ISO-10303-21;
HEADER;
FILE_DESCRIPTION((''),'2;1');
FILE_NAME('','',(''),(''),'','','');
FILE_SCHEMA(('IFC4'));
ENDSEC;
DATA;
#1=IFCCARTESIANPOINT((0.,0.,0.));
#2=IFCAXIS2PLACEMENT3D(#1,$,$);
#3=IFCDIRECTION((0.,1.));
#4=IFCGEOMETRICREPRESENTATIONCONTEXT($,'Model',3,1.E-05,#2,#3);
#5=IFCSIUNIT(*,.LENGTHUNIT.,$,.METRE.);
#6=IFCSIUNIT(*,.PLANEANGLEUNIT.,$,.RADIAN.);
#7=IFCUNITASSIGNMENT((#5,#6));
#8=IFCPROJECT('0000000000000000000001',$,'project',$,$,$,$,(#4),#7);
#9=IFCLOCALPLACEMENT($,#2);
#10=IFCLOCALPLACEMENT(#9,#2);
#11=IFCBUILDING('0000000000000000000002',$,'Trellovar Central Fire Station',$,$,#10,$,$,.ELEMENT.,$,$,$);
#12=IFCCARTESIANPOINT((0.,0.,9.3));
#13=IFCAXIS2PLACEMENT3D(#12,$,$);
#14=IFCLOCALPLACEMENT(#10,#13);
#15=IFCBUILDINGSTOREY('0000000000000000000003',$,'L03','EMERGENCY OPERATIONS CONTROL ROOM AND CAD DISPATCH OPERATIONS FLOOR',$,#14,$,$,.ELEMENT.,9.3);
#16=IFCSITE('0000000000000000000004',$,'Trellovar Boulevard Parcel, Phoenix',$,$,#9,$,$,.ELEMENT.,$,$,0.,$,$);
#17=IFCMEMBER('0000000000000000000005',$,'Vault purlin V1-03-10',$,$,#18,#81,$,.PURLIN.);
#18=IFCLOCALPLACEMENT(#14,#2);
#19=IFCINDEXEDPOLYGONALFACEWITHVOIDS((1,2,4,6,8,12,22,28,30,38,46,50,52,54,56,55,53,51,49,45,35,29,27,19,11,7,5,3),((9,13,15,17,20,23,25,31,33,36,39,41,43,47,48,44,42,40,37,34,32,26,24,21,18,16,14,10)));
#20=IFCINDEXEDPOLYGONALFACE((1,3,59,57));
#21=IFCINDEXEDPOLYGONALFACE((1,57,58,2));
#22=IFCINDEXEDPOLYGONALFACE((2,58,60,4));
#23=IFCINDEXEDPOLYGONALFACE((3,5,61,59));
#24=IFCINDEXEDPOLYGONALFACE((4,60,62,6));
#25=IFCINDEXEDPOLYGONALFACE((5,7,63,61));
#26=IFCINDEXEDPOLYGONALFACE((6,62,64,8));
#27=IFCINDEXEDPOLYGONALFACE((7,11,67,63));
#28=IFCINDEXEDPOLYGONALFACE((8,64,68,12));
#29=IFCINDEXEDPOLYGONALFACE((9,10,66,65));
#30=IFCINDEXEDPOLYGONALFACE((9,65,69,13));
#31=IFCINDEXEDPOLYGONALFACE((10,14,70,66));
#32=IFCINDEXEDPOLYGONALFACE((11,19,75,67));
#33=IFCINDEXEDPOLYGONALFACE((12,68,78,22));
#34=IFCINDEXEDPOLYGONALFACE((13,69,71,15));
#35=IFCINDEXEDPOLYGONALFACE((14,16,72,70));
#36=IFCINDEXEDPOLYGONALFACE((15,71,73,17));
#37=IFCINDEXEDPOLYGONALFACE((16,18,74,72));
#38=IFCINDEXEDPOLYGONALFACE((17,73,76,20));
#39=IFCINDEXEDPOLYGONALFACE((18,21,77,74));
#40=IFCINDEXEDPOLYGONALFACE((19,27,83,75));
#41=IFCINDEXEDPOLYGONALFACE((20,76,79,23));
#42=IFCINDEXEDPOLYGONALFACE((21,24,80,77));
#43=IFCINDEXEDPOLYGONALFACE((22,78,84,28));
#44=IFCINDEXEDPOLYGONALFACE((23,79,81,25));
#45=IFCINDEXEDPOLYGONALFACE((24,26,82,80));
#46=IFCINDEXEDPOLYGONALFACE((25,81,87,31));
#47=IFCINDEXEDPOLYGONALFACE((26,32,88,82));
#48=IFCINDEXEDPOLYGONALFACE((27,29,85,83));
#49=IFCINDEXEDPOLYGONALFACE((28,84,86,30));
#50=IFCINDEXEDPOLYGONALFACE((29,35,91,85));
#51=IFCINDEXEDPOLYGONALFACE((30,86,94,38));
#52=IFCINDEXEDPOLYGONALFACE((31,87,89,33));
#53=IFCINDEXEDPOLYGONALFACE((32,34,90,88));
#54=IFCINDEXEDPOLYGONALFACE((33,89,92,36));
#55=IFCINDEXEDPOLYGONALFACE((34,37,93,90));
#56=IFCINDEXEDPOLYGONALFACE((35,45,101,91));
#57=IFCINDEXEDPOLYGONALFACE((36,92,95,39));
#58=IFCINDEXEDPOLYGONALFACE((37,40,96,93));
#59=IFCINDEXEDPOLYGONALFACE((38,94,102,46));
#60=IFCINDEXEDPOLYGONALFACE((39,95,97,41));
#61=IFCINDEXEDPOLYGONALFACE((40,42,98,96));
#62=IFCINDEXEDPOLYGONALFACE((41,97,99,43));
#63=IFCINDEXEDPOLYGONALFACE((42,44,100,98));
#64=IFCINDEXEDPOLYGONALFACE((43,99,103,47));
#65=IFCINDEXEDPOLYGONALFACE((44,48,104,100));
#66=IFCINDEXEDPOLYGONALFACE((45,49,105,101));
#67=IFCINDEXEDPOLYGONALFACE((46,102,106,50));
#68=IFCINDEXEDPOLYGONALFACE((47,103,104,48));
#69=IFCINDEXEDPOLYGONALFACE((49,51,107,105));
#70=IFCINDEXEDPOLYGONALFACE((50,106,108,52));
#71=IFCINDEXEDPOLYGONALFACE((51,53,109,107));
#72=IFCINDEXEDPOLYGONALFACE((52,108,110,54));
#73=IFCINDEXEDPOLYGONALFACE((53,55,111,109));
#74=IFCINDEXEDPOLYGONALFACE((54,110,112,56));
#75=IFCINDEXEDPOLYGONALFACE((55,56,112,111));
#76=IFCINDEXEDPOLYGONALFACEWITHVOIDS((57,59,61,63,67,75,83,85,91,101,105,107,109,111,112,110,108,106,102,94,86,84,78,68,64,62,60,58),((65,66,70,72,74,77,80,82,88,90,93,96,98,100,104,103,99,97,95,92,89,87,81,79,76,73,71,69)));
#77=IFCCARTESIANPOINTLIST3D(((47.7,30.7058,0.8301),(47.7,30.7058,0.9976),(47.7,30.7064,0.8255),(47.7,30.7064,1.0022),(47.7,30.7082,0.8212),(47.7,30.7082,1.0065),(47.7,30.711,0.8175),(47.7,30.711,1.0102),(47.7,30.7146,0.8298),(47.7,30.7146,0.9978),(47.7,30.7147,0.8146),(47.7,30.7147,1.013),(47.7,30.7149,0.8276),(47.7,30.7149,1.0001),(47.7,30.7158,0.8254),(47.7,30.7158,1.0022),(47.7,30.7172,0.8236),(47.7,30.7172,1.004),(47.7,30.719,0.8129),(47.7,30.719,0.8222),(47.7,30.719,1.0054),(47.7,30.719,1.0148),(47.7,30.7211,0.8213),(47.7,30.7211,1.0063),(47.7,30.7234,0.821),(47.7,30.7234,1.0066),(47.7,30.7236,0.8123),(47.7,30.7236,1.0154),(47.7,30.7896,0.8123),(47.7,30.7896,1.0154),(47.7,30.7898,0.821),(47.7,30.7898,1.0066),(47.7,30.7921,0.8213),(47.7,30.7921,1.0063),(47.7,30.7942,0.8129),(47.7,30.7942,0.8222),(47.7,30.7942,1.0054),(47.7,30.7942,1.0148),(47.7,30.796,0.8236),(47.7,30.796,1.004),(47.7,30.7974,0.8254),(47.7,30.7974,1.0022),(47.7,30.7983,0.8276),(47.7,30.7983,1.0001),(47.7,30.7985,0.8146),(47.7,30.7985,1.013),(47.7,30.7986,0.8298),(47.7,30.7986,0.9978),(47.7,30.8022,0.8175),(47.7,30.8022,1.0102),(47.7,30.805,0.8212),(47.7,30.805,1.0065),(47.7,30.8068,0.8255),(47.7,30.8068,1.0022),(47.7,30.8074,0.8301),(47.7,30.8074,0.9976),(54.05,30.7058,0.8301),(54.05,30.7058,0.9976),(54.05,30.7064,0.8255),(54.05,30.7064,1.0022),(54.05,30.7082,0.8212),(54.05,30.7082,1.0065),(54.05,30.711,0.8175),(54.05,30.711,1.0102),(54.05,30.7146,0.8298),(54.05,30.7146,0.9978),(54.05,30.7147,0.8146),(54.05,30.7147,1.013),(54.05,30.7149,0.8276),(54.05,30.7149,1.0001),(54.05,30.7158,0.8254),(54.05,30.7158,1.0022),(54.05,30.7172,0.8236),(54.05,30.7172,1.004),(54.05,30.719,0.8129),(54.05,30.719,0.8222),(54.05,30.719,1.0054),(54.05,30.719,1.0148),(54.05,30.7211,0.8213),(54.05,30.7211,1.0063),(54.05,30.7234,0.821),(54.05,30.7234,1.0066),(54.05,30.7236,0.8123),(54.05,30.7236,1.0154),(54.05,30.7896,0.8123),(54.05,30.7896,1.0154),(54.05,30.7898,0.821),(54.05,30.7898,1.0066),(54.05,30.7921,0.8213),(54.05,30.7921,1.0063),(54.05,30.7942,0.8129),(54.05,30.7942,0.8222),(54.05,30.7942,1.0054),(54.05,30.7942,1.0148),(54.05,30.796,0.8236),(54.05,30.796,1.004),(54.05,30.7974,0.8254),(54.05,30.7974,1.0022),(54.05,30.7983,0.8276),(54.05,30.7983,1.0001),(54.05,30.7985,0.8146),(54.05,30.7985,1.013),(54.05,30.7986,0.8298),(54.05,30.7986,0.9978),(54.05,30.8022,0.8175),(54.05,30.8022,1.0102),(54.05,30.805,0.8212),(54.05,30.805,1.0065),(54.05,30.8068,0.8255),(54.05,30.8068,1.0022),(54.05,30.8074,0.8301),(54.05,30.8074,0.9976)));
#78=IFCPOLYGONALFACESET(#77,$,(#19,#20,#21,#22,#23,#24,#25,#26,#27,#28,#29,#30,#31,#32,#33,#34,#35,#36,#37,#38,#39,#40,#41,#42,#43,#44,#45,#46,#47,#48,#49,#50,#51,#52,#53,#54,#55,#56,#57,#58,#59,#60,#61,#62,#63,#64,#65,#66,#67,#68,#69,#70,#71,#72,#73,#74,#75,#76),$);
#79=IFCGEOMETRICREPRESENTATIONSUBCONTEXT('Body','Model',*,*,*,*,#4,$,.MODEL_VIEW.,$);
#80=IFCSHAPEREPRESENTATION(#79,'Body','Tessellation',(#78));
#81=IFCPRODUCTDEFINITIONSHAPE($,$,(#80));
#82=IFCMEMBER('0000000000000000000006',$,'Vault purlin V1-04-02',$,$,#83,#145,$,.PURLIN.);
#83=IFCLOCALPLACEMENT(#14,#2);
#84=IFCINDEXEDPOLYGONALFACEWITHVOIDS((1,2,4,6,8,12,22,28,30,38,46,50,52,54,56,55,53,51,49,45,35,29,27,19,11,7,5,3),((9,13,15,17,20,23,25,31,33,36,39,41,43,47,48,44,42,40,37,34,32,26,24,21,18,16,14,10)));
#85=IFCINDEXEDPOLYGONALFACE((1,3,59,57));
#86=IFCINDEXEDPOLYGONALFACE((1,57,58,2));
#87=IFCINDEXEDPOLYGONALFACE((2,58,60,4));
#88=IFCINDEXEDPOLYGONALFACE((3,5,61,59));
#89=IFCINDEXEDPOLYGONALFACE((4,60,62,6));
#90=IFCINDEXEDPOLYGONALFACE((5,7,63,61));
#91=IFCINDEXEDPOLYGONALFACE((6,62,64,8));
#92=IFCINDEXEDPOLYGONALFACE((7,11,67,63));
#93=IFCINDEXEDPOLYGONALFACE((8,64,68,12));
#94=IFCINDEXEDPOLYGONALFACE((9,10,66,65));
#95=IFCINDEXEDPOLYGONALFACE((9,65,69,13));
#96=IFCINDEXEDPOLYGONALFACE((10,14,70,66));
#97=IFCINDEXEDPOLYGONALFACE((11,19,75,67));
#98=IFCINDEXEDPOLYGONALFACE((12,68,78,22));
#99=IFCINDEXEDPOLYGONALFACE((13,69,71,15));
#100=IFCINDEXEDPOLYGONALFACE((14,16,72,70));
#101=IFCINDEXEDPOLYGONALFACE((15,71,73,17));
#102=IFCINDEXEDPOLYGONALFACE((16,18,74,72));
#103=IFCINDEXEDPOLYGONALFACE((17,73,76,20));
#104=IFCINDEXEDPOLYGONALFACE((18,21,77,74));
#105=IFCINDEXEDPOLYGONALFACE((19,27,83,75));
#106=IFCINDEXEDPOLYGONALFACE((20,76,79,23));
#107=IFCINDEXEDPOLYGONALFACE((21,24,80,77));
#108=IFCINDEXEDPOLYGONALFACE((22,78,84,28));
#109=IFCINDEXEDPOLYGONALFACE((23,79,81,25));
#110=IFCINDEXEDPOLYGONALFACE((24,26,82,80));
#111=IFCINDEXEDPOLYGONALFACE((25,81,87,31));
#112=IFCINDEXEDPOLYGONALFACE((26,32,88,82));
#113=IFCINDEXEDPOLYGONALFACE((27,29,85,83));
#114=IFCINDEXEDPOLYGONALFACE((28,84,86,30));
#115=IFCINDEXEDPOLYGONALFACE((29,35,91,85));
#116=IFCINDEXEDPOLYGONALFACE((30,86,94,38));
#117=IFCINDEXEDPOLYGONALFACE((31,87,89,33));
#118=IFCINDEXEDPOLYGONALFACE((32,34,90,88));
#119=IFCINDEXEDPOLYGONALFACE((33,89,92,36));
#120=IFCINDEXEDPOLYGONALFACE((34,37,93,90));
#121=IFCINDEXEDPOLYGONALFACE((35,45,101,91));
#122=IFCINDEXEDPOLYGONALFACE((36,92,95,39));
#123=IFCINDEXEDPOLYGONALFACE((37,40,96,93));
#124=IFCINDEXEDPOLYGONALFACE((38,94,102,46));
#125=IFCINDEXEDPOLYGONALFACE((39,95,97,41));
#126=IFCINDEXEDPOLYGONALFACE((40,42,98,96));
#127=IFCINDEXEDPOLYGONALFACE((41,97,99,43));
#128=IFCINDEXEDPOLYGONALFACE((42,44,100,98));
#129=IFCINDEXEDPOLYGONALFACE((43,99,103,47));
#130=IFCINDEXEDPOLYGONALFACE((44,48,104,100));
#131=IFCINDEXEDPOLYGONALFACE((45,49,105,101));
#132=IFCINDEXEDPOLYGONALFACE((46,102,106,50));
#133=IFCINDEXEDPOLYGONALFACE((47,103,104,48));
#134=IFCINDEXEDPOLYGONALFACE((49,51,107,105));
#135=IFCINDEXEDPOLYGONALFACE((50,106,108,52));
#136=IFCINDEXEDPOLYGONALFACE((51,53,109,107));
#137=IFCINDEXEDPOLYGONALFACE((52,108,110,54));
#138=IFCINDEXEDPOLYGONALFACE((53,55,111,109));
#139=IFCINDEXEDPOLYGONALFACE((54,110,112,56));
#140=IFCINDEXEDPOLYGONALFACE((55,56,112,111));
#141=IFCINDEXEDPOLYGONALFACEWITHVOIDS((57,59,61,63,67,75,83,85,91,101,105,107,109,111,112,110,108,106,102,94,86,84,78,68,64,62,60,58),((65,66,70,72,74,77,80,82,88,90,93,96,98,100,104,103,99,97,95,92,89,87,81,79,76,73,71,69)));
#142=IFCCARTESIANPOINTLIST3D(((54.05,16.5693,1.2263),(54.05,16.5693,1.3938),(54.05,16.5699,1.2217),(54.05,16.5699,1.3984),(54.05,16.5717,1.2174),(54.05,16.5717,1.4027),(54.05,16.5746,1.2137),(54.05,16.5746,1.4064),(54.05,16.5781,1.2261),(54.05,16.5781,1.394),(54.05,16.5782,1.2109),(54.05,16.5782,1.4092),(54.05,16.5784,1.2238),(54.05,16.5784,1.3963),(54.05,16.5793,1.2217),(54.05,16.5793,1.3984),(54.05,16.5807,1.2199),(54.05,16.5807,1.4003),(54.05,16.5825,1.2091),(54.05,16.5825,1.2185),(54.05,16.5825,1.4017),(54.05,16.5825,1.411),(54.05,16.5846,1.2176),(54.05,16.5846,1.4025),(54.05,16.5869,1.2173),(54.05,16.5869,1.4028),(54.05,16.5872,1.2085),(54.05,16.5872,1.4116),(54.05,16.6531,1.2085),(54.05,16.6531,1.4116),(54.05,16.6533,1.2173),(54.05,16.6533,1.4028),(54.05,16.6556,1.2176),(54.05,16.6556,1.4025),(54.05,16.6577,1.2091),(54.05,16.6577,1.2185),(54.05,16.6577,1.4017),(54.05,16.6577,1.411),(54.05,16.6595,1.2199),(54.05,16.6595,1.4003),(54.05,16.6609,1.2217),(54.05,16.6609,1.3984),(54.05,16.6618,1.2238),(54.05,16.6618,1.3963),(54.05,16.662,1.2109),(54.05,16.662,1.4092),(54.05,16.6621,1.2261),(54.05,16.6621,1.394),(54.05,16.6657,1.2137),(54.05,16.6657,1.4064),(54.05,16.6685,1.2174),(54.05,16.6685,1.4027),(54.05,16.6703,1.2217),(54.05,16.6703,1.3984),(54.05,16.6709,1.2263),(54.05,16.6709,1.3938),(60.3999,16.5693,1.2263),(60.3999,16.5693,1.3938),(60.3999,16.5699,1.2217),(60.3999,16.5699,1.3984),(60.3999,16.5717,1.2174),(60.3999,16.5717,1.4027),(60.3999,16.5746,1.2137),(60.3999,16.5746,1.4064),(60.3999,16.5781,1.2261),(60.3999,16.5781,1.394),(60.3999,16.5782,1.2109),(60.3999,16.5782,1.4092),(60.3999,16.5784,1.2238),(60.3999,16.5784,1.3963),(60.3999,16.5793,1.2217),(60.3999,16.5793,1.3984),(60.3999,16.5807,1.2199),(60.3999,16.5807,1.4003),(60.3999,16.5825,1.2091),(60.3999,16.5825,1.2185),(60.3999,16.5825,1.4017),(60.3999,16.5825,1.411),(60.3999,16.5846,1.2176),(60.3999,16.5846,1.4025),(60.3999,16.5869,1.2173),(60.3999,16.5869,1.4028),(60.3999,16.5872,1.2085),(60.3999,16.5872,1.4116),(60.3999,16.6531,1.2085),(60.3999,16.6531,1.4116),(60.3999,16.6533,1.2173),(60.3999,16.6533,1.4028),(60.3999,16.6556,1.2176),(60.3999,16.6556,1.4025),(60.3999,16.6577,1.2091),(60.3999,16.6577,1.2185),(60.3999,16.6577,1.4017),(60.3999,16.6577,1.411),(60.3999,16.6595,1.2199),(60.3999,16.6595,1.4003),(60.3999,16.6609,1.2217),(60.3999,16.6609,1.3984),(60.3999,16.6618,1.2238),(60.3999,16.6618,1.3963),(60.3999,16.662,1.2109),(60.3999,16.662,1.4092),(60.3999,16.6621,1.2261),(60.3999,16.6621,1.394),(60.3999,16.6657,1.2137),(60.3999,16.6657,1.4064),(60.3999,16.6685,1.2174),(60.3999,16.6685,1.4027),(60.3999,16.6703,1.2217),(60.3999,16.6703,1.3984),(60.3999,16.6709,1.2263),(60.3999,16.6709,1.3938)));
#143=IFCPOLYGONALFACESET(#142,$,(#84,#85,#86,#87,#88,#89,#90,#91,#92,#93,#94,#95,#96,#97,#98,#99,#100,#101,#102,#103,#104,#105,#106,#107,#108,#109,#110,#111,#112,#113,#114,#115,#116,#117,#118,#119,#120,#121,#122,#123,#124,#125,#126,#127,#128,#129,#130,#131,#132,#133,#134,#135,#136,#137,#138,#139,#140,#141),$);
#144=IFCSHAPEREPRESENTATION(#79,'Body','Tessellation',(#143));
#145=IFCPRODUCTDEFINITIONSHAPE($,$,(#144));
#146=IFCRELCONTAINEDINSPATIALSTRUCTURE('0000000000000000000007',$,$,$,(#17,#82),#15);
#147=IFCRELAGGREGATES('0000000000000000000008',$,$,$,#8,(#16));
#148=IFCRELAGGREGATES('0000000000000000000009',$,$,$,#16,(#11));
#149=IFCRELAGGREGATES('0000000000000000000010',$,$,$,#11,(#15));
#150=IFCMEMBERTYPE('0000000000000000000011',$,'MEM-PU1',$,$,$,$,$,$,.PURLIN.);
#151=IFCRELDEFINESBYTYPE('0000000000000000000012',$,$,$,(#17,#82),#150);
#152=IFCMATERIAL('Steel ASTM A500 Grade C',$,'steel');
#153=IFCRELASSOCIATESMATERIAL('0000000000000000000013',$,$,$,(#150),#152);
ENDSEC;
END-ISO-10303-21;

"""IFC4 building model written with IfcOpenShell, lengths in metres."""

from ifc_helpers import new_model, si_unit, direction, frame, origin, origin_2d, place, context, subcontext, project, spatial, hollow_rectangle, extrude, material, material_profile, profile_set, type_object, element, save


model = new_model("IFC4")

# Units and contexts
model_context = context("Model", 3, precision=1e-05, world=origin(), true_north=direction((0.0, 1.0)))
body_context = subcontext(model_context, "Body", "Model", "MODEL_VIEW")
ifc_project = project(units=[si_unit("LENGTHUNIT", "METRE"), si_unit("PLANEANGLEUNIT", "RADIAN")], contexts=[model_context])

# Site, building, storey
site_placement = place(None, origin())
site = spatial("IfcSite", under=ifc_project, at=site_placement, Name="Trellovar Boulevard Parcel, Phoenix", CompositionType="ELEMENT", RefElevation=0.0)
building_placement = place(site_placement, origin())
building = spatial("IfcBuilding", under=site, at=building_placement, Name="Trellovar Central Fire Station", CompositionType="ELEMENT")
storey_placement = place(building_placement, frame((0.0, 0.0, 9.3)))
storey = spatial("IfcBuildingStorey", under=building, at=storey_placement, Name="L03", Description="EMERGENCY OPERATIONS CONTROL ROOM AND CAD DISPATCH OPERATIONS FLOOR", CompositionType="ELEMENT", Elevation=9.3)

# Members
ifc_material_1 = material(Name="Steel ASTM A500 Grade C", Category="steel")
ifc_material_profile_1 = material_profile(ifc_material_1, hollow_rectangle(XDim=0.1016, YDim=0.2031, WallThickness=0.0088, InnerFilletRadius=0.0088, OuterFilletRadius=0.0178, at=origin_2d()), Name="HSS8X4X3/8")
ifc_profile_set_1 = profile_set([ifc_material_profile_1], Name="Steel ASTM A500 Grade C")
member_type_1 = type_object("IfcMemberType", Name="MEM-PU1", PredefinedType="PURLIN", material=ifc_profile_set_1)
member_1_placement = place(storey_placement, frame((47.7, 30.7566, 0.9138), z_axis=(1.0, 0.0, 0.0), x_axis=(0.0, 1.0, 0.0)))
element("IfcMember", 1, at=member_1_placement, inside=storey, type_object=member_type_1, Name="Vault purlin V1-03-10", PredefinedType="PURLIN", context=body_context, shape_type="SweptSolid", body=[
    extrude(hollow_rectangle(XDim=0.1016, YDim=0.2031, WallThickness=0.0088, InnerFilletRadius=0.0088, OuterFilletRadius=0.0178, at=origin_2d()), origin(), (0.0, 0.0, 1.0), 6.3501),
])
for number, where, z_axis, x_axis, name in (
    (2, (54.05, 16.6201, 1.3101), (1.0, 0.0, 0.0), (0.0, 1.0, 0.0), "Vault purlin V1-04-02"),
):
    element("IfcMember", number, at=place(storey_placement, frame(where, z_axis=z_axis, x_axis=x_axis)), inside=storey, type_object=member_type_1, Name=name, PredefinedType="PURLIN", context=body_context, shape_type="SweptSolid", body=[
        extrude(hollow_rectangle(XDim=0.1016, YDim=0.2031, WallThickness=0.0088, InnerFilletRadius=0.0088, OuterFilletRadius=0.0178, at=origin_2d()), origin(), (0.0, 0.0, 1.0), 6.3499),
    ])

save(model, "model.ifc")
